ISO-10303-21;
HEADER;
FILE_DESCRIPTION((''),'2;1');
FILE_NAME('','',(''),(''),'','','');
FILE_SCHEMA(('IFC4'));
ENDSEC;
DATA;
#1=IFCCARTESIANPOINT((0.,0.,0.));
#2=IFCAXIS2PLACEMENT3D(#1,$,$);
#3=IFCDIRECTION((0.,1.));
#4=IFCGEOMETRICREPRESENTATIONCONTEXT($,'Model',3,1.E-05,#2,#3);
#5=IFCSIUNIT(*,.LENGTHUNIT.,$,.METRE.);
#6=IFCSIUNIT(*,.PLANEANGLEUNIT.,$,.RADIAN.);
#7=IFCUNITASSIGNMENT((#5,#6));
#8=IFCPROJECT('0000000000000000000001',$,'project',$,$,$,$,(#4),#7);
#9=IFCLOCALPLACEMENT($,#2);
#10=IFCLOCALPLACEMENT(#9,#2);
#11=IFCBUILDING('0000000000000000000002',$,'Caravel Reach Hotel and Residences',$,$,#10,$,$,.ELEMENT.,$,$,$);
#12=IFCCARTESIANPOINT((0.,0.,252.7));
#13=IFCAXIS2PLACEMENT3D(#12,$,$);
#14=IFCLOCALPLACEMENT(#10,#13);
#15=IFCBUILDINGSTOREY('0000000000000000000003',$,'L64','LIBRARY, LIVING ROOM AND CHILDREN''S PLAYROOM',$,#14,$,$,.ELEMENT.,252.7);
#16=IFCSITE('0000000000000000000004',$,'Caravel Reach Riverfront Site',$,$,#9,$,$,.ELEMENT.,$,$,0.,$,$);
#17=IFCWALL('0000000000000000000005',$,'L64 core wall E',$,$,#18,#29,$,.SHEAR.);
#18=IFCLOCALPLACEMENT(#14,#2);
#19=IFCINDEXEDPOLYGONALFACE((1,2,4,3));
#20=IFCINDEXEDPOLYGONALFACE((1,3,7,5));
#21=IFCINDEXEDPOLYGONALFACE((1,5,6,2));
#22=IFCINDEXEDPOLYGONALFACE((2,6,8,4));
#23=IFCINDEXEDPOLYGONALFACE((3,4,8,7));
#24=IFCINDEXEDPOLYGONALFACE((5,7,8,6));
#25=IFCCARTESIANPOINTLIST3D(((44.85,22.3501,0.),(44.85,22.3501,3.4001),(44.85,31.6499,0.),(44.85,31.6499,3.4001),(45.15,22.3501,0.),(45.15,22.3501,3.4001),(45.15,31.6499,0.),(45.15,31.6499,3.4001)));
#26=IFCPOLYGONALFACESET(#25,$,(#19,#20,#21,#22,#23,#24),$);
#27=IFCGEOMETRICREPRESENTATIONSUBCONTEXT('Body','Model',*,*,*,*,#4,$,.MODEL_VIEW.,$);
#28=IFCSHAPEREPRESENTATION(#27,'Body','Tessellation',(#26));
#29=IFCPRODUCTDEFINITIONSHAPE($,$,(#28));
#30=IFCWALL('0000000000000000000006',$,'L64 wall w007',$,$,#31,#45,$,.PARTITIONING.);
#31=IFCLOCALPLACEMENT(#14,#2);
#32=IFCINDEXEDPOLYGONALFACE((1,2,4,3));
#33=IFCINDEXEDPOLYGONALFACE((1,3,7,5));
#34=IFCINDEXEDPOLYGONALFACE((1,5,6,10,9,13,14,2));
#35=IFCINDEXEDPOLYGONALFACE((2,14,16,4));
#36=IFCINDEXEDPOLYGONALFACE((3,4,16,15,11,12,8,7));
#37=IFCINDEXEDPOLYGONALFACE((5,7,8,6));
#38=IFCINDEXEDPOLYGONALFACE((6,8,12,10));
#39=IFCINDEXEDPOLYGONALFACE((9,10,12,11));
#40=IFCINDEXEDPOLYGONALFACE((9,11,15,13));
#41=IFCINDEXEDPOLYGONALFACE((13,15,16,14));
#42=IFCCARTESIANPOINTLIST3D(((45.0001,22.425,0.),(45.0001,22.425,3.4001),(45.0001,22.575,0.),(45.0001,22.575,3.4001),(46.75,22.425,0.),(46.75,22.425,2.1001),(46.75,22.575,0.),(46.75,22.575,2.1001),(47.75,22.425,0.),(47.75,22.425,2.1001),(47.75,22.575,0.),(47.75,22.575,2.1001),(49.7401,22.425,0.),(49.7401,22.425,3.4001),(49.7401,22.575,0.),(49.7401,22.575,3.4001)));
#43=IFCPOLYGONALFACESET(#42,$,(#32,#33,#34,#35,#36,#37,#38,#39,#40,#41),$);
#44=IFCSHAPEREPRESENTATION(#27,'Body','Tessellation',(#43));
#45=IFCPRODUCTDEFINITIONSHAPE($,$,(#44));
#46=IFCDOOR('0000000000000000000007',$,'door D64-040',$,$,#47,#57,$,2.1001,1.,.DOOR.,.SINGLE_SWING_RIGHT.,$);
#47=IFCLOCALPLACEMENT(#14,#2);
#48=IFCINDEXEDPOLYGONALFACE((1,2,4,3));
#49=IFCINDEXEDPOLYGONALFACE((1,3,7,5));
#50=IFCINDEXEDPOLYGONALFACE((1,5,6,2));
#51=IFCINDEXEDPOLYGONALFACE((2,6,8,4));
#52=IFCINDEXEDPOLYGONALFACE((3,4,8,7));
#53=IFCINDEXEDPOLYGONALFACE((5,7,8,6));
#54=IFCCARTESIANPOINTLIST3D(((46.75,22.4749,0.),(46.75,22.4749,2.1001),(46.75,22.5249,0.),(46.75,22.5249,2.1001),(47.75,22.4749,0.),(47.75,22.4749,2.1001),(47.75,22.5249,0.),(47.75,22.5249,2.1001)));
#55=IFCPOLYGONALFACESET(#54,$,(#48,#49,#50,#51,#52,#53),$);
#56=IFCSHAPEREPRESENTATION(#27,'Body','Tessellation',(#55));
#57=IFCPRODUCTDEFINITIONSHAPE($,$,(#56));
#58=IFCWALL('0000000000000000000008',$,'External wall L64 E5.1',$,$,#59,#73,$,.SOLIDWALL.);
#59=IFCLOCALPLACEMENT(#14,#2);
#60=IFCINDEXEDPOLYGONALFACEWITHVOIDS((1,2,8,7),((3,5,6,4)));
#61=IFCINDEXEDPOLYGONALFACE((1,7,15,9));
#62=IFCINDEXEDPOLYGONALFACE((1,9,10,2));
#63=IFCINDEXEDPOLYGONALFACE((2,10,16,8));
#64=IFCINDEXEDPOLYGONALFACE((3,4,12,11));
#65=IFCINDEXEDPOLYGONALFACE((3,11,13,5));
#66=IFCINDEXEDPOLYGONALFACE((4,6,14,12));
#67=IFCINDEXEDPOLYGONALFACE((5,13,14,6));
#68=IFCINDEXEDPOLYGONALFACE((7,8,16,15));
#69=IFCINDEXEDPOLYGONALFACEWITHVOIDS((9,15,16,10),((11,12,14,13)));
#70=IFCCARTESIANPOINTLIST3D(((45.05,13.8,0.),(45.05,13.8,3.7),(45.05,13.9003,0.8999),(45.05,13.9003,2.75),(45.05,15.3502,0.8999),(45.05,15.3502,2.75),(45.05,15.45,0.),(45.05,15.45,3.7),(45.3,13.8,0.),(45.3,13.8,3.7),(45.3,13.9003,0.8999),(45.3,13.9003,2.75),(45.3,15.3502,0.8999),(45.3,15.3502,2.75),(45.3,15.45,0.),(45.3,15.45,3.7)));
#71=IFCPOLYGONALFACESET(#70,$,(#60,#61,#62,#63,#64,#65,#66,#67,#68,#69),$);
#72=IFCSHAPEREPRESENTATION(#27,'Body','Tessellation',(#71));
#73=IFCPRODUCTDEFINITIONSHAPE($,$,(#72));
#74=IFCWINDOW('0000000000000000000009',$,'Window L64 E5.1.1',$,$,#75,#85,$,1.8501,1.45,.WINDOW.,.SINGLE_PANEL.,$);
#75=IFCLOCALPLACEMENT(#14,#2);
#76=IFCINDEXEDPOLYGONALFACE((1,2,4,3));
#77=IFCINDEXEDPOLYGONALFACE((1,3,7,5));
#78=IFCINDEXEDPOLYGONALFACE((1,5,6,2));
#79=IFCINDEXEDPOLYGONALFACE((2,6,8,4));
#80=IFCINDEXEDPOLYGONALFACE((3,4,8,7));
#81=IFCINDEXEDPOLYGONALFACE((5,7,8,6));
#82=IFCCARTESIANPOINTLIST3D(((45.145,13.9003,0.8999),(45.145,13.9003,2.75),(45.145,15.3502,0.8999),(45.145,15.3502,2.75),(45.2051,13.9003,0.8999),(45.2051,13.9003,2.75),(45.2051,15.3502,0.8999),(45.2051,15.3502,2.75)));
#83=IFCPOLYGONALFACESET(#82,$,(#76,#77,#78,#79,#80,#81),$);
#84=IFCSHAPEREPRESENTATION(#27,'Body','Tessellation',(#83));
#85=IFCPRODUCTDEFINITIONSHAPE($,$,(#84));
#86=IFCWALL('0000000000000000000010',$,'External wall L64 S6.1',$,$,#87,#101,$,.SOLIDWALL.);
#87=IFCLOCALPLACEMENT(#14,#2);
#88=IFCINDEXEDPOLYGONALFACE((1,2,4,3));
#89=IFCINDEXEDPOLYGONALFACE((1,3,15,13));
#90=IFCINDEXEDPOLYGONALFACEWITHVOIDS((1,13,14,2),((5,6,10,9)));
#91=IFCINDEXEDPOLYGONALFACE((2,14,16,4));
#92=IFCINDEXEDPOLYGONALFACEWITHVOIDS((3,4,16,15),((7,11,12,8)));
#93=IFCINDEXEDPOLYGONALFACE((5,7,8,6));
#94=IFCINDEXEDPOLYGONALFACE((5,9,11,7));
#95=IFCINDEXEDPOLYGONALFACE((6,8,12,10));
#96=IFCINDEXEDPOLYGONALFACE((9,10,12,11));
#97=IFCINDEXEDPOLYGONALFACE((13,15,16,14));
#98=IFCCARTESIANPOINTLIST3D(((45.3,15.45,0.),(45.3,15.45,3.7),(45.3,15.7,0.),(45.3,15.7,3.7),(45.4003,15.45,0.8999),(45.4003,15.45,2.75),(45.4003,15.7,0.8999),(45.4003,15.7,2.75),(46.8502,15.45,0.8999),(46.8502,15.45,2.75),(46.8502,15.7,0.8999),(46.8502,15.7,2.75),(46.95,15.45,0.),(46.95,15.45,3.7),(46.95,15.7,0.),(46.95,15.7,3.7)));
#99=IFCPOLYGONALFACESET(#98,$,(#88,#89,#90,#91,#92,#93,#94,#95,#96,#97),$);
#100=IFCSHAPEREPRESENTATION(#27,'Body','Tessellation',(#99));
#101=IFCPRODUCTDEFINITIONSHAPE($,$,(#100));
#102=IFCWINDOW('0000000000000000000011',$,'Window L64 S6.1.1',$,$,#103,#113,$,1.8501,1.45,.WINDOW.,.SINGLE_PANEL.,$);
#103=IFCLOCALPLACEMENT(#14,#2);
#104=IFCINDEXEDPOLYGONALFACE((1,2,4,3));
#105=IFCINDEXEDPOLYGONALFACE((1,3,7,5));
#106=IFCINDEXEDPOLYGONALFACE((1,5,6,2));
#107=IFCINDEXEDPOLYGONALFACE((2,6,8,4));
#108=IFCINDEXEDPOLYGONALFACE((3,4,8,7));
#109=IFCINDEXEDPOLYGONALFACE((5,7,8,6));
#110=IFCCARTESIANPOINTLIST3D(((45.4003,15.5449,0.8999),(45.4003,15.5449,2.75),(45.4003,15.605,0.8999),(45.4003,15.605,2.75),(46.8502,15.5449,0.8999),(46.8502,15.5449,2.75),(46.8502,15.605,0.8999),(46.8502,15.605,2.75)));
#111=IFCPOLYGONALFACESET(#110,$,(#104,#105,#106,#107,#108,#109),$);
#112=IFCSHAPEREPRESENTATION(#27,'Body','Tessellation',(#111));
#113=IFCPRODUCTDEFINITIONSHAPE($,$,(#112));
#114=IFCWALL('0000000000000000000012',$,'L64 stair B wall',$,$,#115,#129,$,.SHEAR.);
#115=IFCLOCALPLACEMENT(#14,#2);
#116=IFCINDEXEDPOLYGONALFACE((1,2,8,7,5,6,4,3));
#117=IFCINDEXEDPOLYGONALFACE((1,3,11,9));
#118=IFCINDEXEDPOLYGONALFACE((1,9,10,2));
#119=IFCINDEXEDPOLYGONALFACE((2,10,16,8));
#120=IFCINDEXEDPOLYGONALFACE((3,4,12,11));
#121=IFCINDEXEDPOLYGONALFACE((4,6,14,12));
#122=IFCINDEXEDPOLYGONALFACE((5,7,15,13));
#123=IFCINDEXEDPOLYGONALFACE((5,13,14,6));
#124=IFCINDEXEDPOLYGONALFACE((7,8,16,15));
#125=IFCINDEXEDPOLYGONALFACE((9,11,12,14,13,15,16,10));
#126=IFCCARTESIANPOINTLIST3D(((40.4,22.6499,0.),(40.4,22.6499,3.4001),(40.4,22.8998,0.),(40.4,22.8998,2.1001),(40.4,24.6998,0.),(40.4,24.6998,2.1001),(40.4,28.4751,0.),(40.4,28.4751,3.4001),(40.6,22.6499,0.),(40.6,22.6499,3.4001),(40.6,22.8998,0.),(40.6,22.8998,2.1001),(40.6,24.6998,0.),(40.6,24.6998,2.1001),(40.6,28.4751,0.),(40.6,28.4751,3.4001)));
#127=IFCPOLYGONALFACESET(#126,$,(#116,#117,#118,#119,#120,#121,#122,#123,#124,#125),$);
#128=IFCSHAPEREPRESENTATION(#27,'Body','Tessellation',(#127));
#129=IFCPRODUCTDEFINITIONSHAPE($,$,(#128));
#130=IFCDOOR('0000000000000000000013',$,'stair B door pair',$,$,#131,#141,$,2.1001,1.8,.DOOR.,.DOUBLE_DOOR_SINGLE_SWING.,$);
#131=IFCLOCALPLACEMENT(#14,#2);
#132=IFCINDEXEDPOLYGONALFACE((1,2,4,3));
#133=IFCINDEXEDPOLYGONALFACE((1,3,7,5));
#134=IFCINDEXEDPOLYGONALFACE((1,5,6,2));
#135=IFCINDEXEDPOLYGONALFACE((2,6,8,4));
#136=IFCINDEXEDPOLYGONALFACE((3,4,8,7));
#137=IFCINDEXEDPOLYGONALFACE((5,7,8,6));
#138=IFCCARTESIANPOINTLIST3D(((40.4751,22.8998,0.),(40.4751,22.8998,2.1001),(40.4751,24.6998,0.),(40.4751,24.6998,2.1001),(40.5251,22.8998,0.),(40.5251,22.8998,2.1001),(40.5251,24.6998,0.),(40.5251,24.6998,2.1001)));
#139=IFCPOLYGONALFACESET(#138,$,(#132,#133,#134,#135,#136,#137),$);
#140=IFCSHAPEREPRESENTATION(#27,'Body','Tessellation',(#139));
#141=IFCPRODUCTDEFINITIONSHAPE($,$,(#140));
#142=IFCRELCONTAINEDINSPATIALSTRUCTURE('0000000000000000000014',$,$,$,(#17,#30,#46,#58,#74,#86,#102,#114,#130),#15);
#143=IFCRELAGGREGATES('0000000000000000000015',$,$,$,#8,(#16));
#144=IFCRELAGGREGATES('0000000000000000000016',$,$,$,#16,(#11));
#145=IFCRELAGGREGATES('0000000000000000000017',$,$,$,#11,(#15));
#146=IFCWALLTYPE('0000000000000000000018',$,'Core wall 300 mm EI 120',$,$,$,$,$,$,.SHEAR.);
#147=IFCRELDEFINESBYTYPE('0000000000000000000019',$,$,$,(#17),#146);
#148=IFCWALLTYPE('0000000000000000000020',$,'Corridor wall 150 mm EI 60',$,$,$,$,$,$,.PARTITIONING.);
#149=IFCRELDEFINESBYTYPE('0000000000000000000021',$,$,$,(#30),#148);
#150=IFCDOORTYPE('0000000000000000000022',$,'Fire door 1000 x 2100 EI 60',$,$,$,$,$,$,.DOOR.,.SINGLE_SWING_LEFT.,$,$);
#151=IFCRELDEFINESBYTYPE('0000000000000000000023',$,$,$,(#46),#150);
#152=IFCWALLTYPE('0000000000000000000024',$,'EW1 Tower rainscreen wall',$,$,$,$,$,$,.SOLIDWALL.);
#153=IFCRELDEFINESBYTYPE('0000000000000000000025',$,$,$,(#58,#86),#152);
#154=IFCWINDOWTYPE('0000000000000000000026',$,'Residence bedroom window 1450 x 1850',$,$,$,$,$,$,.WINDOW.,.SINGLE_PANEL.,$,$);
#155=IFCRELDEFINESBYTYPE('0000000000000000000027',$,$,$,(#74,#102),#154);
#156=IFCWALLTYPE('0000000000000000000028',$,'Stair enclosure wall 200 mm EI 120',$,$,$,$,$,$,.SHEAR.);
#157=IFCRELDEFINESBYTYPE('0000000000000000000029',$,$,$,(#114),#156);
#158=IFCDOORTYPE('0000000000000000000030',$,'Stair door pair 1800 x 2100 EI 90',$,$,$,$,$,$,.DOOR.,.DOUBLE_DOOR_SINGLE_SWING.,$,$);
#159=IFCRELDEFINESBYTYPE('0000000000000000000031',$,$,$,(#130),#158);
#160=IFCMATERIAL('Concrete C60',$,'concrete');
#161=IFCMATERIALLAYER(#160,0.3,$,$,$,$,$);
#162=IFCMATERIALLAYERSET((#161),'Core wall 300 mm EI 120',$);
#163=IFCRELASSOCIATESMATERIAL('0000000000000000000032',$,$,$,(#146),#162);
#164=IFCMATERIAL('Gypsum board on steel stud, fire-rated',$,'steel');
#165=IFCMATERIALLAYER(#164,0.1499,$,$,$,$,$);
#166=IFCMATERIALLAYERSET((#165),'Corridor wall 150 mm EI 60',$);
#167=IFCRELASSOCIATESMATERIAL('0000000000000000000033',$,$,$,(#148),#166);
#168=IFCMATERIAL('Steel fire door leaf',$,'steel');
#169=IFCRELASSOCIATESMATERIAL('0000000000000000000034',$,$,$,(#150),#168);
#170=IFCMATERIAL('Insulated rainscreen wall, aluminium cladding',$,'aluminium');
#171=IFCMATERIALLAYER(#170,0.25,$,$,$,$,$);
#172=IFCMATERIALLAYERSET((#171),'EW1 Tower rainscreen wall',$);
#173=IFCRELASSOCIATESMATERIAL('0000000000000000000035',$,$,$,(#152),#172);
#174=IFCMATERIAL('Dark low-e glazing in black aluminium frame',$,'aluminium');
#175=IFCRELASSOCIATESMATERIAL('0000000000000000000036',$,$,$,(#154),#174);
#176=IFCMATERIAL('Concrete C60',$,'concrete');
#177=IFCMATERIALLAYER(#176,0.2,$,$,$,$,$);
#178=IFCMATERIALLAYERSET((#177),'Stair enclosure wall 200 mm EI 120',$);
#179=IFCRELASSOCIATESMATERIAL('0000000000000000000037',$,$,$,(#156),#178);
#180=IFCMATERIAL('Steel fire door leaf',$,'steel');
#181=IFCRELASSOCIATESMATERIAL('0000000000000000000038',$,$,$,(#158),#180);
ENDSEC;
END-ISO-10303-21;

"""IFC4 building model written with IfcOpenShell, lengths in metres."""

from ifc_helpers import new_model, si_unit, direction, frame, frame_2d, origin, place, context, subcontext, project, spatial, rectangle, extrude, material, layer, layer_set, type_object, element, fill, save


model = new_model("IFC4")

# Units and contexts
model_context = context("Model", 3, precision=1e-05, world=origin(), true_north=direction((0.0, 1.0)))
body_context = subcontext(model_context, "Body", "Model", "MODEL_VIEW")
ifc_project = project(units=[si_unit("LENGTHUNIT", "METRE"), si_unit("PLANEANGLEUNIT", "RADIAN")], contexts=[model_context])

# Site, building, storey
site_placement = place(None, origin())
site = spatial("IfcSite", under=ifc_project, at=site_placement, Name="Caravel Reach Riverfront Site", CompositionType="ELEMENT", RefElevation=0.0)
building_placement = place(site_placement, origin())
building = spatial("IfcBuilding", under=site, at=building_placement, Name="Caravel Reach Hotel and Residences", CompositionType="ELEMENT")
storey_placement = place(building_placement, frame((0.0, 0.0, 252.7)))
storey = spatial("IfcBuildingStorey", under=building, at=storey_placement, Name="L64", Description="LIBRARY, LIVING ROOM AND CHILDREN'S PLAYROOM", CompositionType="ELEMENT", Elevation=252.7)

# Wall
ifc_material_1 = material(Name="Concrete C60", Category="concrete")
ifc_layer_1 = layer(ifc_material_1, 0.3)
ifc_layer_set_1 = layer_set([ifc_layer_1], Name="Core wall 300 mm EI 120")
wall_type_1 = type_object("IfcWallType", Name="Core wall 300 mm EI 120", PredefinedType="SHEAR", material=ifc_layer_set_1)
wall_1_placement = place(storey_placement, frame((45.0, 22.3501, 0.0), z_axis=(0.0, 0.0, 1.0), x_axis=(0.0, 1.0, 0.0)))
element("IfcWall", 1, at=wall_1_placement, inside=storey, type_object=wall_type_1, Name="L64 core wall E", PredefinedType="SHEAR", context=body_context, shape_type="SweptSolid", body=[
    extrude(rectangle(XDim=9.2998, YDim=0.3, at=frame_2d((4.6499, 0.0))), origin(), (0.0, 0.0, 1.0), 3.4001),
])

# Wall, opening, door
ifc_material_2 = material(Name="Gypsum board on steel stud, fire-rated", Category="steel")
ifc_layer_2 = layer(ifc_material_2, 0.1499)
ifc_layer_set_2 = layer_set([ifc_layer_2], Name="Corridor wall 150 mm EI 60")
wall_type_2 = type_object("IfcWallType", Name="Corridor wall 150 mm EI 60", PredefinedType="PARTITIONING", material=ifc_layer_set_2)
wall_2_placement = place(storey_placement, frame((45.0, 22.5, 0.0), z_axis=(0.0, 0.0, 1.0), x_axis=(1.0, 0.0, 0.0)))
wall_2 = element("IfcWall", 2, at=wall_2_placement, inside=storey, type_object=wall_type_2, Name="L64 wall w007", PredefinedType="PARTITIONING", context=body_context, shape_type="SweptSolid", body=[
    extrude(rectangle(XDim=4.74, YDim=0.1499, at=frame_2d((2.3701, 0.0))), origin(), (0.0, 0.0, 1.0), 3.4001),
])
opening_1_placement = place(wall_2_placement, frame((1.75, 0.0, 0.0)))
opening_1 = element("IfcOpeningElement", 3, at=opening_1_placement, cuts=wall_2, PredefinedType="OPENING", context=body_context, shape_type="SweptSolid", body=[
    extrude(rectangle(XDim=1.0, YDim=2.1001, at=frame_2d((0.5, 1.05))), frame((0.0, 0.085, 0.0), z_axis=(0.0, -1.0, 0.0), x_axis=(1.0, 0.0, 0.0)), (0.0, 0.0, 1.0), 0.1699),
])
ifc_material_3 = material(Name="Steel fire door leaf", Category="steel")
door_type_1 = type_object("IfcDoorType", Name="Fire door 1000 x 2100 EI 60", OperationType="SINGLE_SWING_LEFT", PredefinedType="DOOR", material=ifc_material_3)
door_1_placement = place(opening_1_placement, origin())
door_1 = element("IfcDoor", 4, at=door_1_placement, inside=storey, type_object=door_type_1, Name="door D64-040", OperationType="SINGLE_SWING_RIGHT", OverallHeight=2.1001, OverallWidth=1.0, PredefinedType="DOOR", context=body_context, shape_type="SweptSolid", body=[
    extrude(rectangle(XDim=1.0, YDim=2.1001, at=frame_2d((0.5, 1.05))), frame((0.0, 0.0249, 0.0), z_axis=(0.0, -1.0, 0.0), x_axis=(1.0, 0.0, 0.0)), (0.0, 0.0, 1.0), 0.05),
])
fill(opening_1, door_1)

# Walls, openings, windows
ifc_material_4 = material(Name="Insulated rainscreen wall, aluminium cladding", Category="aluminium")
ifc_layer_3 = layer(ifc_material_4, 0.25)
ifc_layer_set_3 = layer_set([ifc_layer_3], Name="EW1 Tower rainscreen wall")
wall_type_3 = type_object("IfcWallType", Name="EW1 Tower rainscreen wall", PredefinedType="SOLIDWALL", material=ifc_layer_set_3)
wall_3_placement = place(storey_placement, frame((45.175, 13.8, 0.0), z_axis=(0.0, 0.0, 1.0), x_axis=(0.0, 1.0, 0.0)))
wall_3 = element("IfcWall", 5, at=wall_3_placement, inside=storey, type_object=wall_type_3, Name="External wall L64 E5.1", PredefinedType="SOLIDWALL", context=body_context, shape_type="SweptSolid", body=[
    extrude(rectangle(XDim=1.6499, YDim=0.25, at=frame_2d((0.825, 0.0))), origin(), (0.0, 0.0, 1.0), 3.7),
])
opening_2_placement = place(wall_3_placement, frame((0.1001, 0.0, 0.8999)))
opening_2 = element("IfcOpeningElement", 6, at=opening_2_placement, cuts=wall_3, PredefinedType="OPENING", context=body_context, shape_type="SweptSolid", body=[
    extrude(rectangle(XDim=1.45, YDim=1.8501, at=frame_2d((0.7251, 0.925))), frame((0.0, 0.135, 0.0), z_axis=(0.0, -1.0, 0.0), x_axis=(1.0, 0.0, 0.0)), (0.0, 0.0, 1.0), 0.27),
])
ifc_material_5 = material(Name="Dark low-e glazing in black aluminium frame", Category="aluminium")
window_type = type_object("IfcWindowType", Name="Residence bedroom window 1450 x 1850", PartitioningType="SINGLE_PANEL", PredefinedType="WINDOW", material=ifc_material_5)
window_1_placement = place(opening_2_placement, origin())
window_1 = element("IfcWindow", 7, at=window_1_placement, inside=storey, type_object=window_type, Name="Window L64 E5.1.1", OverallHeight=1.8501, OverallWidth=1.45, PartitioningType="SINGLE_PANEL", PredefinedType="WINDOW", context=body_context, shape_type="SweptSolid", body=[
    extrude(rectangle(XDim=1.45, YDim=1.8501, at=frame_2d((0.7251, 0.925))), frame((0.0, 0.03, 0.0), z_axis=(0.0, -1.0, 0.0), x_axis=(1.0, 0.0, 0.0)), (0.0, 0.0, 1.0), 0.0601),
])
fill(opening_2, window_1)
wall_4_placement = place(storey_placement, frame((45.3, 15.575, 0.0), z_axis=(0.0, 0.0, 1.0), x_axis=(1.0, 0.0, 0.0)))
wall_4 = element("IfcWall", 8, at=wall_4_placement, inside=storey, type_object=wall_type_3, Name="External wall L64 S6.1", PredefinedType="SOLIDWALL", context=body_context, shape_type="SweptSolid", body=[
    extrude(rectangle(XDim=1.6499, YDim=0.25, at=frame_2d((0.825, 0.0))), origin(), (0.0, 0.0, 1.0), 3.7),
])
opening_3_placement = place(wall_4_placement, frame((0.1001, 0.0, 0.8999)))
opening_3 = element("IfcOpeningElement", 9, at=opening_3_placement, cuts=wall_4, PredefinedType="OPENING", context=body_context, shape_type="SweptSolid", body=[
    extrude(rectangle(XDim=1.45, YDim=1.8501, at=frame_2d((0.7251, 0.925))), frame((0.0, 0.135, 0.0), z_axis=(0.0, -1.0, 0.0), x_axis=(1.0, 0.0, 0.0)), (0.0, 0.0, 1.0), 0.27),
])
window_2_placement = place(opening_3_placement, origin())
window_2 = element("IfcWindow", 10, at=window_2_placement, inside=storey, type_object=window_type, Name="Window L64 S6.1.1", OverallHeight=1.8501, OverallWidth=1.45, PartitioningType="SINGLE_PANEL", PredefinedType="WINDOW", context=body_context, shape_type="SweptSolid", body=[
    extrude(rectangle(XDim=1.45, YDim=1.8501, at=frame_2d((0.7251, 0.925))), frame((0.0, 0.03, 0.0), z_axis=(0.0, -1.0, 0.0), x_axis=(1.0, 0.0, 0.0)), (0.0, 0.0, 1.0), 0.0601),
])
fill(opening_3, window_2)

# Wall, opening, door
ifc_material_6 = material(Name="Concrete C60", Category="concrete")
ifc_layer_4 = layer(ifc_material_6, 0.2)
ifc_layer_set_4 = layer_set([ifc_layer_4], Name="Stair enclosure wall 200 mm EI 120")
wall_type_4 = type_object("IfcWallType", Name="Stair enclosure wall 200 mm EI 120", PredefinedType="SHEAR", material=ifc_layer_set_4)
wall_5_placement = place(storey_placement, frame((40.5, 22.6499, 0.0), z_axis=(0.0, 0.0, 1.0), x_axis=(0.0, 1.0, 0.0)))
wall_5 = element("IfcWall", 11, at=wall_5_placement, inside=storey, type_object=wall_type_4, Name="L64 stair B wall", PredefinedType="SHEAR", context=body_context, shape_type="SweptSolid", body=[
    extrude(rectangle(XDim=5.8252, YDim=0.2, at=frame_2d((2.9126, 0.0))), origin(), (0.0, 0.0, 1.0), 3.4001),
])
opening_4_placement = place(wall_5_placement, frame((0.25, 0.0, 0.0)))
opening_4 = element("IfcOpeningElement", 12, at=opening_4_placement, cuts=wall_5, PredefinedType="OPENING", context=body_context, shape_type="SweptSolid", body=[
    extrude(rectangle(XDim=1.8, YDim=2.1001, at=frame_2d((0.8999, 1.05))), frame((0.0, 0.1099, 0.0), z_axis=(0.0, -1.0, 0.0), x_axis=(1.0, 0.0, 0.0)), (0.0, 0.0, 1.0), 0.22),
])
ifc_material_7 = material(Name="Steel fire door leaf", Category="steel")
door_type_2 = type_object("IfcDoorType", Name="Stair door pair 1800 x 2100 EI 90", OperationType="DOUBLE_DOOR_SINGLE_SWING", PredefinedType="DOOR", material=ifc_material_7)
door_2_placement = place(opening_4_placement, origin())
door_2 = element("IfcDoor", 13, at=door_2_placement, inside=storey, type_object=door_type_2, Name="stair B door pair", OperationType="DOUBLE_DOOR_SINGLE_SWING", OverallHeight=2.1001, OverallWidth=1.8, PredefinedType="DOOR", context=body_context, shape_type="SweptSolid", body=[
    extrude(rectangle(XDim=1.8, YDim=2.1001, at=frame_2d((0.8999, 1.05))), frame((0.0, 0.0249, 0.0), z_axis=(0.0, -1.0, 0.0), x_axis=(1.0, 0.0, 0.0)), (0.0, 0.0, 1.0), 0.05),
])
fill(opening_4, door_2)

save(model, "model.ifc")
